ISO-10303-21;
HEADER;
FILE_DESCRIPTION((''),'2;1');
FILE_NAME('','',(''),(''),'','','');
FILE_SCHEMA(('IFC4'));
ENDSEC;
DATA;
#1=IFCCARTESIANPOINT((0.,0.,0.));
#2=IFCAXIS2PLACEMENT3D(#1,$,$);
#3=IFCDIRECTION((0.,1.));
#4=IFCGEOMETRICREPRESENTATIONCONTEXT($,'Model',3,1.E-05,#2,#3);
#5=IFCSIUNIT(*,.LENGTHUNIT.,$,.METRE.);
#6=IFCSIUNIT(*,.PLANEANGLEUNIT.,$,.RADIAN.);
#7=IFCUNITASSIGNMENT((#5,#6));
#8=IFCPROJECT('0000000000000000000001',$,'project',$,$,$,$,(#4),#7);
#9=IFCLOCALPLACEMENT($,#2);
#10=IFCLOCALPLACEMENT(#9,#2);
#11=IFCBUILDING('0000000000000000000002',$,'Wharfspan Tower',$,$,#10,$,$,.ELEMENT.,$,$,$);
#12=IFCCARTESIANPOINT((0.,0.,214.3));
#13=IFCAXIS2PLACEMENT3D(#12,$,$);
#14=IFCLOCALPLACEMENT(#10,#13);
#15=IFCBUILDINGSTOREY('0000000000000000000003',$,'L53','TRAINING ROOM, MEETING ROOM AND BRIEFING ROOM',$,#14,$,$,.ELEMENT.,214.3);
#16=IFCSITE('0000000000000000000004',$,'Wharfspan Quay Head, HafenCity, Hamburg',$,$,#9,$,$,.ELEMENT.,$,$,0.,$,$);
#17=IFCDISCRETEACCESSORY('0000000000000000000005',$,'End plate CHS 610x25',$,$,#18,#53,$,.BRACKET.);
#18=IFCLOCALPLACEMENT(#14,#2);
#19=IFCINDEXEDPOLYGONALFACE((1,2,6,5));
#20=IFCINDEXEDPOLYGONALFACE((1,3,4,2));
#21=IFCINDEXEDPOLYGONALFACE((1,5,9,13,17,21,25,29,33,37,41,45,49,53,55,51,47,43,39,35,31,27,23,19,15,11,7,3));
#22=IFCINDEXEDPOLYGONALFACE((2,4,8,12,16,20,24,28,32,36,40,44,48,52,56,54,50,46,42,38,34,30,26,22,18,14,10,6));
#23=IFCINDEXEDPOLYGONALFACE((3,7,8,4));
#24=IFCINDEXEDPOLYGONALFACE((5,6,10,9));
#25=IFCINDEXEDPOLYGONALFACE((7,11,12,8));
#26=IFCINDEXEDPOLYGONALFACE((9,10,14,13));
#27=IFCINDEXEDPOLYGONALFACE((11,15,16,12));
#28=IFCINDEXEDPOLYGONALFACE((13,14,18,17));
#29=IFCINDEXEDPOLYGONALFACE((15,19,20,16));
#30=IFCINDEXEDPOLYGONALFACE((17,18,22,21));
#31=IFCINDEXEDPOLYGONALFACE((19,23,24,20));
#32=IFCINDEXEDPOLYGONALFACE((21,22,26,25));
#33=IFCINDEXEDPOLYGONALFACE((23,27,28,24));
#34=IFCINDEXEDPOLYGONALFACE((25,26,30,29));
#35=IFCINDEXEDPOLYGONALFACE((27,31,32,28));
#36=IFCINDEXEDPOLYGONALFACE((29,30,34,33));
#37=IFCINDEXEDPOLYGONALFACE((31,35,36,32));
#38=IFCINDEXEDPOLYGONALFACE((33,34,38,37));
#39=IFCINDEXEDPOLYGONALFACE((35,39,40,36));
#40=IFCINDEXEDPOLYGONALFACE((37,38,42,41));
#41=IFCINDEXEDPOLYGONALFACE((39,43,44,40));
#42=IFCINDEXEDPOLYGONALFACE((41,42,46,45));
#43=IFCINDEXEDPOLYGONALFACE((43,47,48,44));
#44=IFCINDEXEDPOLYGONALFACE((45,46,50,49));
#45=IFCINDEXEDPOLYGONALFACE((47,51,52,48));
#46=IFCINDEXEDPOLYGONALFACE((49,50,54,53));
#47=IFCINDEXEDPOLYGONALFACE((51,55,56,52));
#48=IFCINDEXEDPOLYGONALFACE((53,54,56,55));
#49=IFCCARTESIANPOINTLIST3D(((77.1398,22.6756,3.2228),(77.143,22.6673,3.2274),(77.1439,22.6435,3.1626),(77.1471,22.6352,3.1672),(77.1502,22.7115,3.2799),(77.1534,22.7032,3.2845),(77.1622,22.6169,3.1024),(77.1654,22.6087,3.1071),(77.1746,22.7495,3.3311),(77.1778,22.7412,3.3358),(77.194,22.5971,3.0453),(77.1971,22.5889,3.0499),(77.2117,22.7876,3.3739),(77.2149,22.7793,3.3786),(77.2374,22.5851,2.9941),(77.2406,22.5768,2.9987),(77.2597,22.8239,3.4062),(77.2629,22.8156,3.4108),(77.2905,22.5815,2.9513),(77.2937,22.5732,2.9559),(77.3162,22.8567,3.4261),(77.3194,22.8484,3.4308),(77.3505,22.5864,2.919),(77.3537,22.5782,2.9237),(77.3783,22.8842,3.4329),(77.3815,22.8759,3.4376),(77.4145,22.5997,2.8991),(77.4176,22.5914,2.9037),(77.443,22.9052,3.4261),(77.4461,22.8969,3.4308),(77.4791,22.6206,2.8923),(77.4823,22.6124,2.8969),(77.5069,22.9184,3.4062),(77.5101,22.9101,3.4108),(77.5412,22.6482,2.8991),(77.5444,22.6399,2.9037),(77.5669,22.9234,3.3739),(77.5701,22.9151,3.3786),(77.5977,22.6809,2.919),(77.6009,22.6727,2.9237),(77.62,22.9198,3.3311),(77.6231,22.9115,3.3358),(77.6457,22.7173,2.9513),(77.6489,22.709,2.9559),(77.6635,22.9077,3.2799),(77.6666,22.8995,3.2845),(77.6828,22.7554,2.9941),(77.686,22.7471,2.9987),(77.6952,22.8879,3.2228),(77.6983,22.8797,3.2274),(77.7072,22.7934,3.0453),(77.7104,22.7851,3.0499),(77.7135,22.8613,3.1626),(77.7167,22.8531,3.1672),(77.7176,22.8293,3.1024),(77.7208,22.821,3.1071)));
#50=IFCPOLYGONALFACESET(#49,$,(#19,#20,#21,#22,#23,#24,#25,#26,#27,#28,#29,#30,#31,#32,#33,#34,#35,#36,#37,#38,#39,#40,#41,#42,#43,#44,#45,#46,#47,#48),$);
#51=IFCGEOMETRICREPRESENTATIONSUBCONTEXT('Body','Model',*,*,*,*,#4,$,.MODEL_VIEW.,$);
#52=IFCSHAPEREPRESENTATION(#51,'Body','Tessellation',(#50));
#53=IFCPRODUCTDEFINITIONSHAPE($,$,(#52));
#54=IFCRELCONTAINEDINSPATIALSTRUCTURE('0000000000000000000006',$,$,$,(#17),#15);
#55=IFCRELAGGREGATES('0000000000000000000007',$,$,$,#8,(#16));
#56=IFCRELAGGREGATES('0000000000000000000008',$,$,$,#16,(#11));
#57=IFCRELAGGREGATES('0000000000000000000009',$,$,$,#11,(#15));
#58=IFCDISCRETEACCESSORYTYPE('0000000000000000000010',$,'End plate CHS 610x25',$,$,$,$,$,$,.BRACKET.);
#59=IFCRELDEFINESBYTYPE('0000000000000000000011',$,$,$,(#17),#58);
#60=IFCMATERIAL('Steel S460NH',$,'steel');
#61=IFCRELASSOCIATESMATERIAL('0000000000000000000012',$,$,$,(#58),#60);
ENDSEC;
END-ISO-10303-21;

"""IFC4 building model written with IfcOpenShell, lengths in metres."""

from ifc_helpers import new_model, si_unit, direction, frame, origin, origin_2d, place, context, subcontext, project, spatial, circle, extrude, material, material_profile, profile_set, type_object, element, save


model = new_model("IFC4")

# Units and contexts
model_context = context("Model", 3, precision=1e-05, world=origin(), true_north=direction((0.0, 1.0)))
body_context = subcontext(model_context, "Body", "Model", "MODEL_VIEW")
ifc_project = project(units=[si_unit("LENGTHUNIT", "METRE"), si_unit("PLANEANGLEUNIT", "RADIAN")], contexts=[model_context])

# Site, building, storey
site_placement = place(None, origin())
site = spatial("IfcSite", under=ifc_project, at=site_placement, Name="Wharfspan Quay Head, HafenCity, Hamburg", CompositionType="ELEMENT", RefElevation=0.0)
building_placement = place(site_placement, origin())
building = spatial("IfcBuilding", under=site, at=building_placement, Name="Wharfspan Tower", CompositionType="ELEMENT")
storey_placement = place(building_placement, frame((0.0, 0.0, 214.3)))
storey = spatial("IfcBuildingStorey", under=building, at=storey_placement, Name="L53", Description="TRAINING ROOM, MEETING ROOM AND BRIEFING ROOM", CompositionType="ELEMENT", Elevation=214.3)

# Shared definitions
ifc_material_1 = material(Name="Steel S460NH", Category="steel")

# Discrete accessory
ifc_material_profile_1 = material_profile(ifc_material_1, circle(Radius=0.3049, at=origin_2d()))
ifc_profile_set_1 = profile_set([ifc_material_profile_1], Name="Steel S460NH")
discrete_accessory_type = type_object("IfcDiscreteAccessoryType", Name="End plate CHS 610x25", PredefinedType="BRACKET", material=ifc_profile_set_1)
for number, where, z_axis, x_axis, name in (
    (1, (77.4287, 22.7524, 3.1626), (0.316603, -0.828038, 0.462727), (0.934054, 0.357138, -0.000001), "End plate CHS 610x25"),
):
    element("IfcDiscreteAccessory", number, at=place(storey_placement, frame(where, z_axis=z_axis, x_axis=x_axis)), inside=storey, type_object=discrete_accessory_type, Name=name, PredefinedType="BRACKET", context=body_context, shape_type="SweptSolid", body=[
        extrude(circle(Radius=0.3049, at=origin_2d()), origin(), (0.0, 0.0, 1.0), 0.01),
    ])

save(model, "model.ifc")
